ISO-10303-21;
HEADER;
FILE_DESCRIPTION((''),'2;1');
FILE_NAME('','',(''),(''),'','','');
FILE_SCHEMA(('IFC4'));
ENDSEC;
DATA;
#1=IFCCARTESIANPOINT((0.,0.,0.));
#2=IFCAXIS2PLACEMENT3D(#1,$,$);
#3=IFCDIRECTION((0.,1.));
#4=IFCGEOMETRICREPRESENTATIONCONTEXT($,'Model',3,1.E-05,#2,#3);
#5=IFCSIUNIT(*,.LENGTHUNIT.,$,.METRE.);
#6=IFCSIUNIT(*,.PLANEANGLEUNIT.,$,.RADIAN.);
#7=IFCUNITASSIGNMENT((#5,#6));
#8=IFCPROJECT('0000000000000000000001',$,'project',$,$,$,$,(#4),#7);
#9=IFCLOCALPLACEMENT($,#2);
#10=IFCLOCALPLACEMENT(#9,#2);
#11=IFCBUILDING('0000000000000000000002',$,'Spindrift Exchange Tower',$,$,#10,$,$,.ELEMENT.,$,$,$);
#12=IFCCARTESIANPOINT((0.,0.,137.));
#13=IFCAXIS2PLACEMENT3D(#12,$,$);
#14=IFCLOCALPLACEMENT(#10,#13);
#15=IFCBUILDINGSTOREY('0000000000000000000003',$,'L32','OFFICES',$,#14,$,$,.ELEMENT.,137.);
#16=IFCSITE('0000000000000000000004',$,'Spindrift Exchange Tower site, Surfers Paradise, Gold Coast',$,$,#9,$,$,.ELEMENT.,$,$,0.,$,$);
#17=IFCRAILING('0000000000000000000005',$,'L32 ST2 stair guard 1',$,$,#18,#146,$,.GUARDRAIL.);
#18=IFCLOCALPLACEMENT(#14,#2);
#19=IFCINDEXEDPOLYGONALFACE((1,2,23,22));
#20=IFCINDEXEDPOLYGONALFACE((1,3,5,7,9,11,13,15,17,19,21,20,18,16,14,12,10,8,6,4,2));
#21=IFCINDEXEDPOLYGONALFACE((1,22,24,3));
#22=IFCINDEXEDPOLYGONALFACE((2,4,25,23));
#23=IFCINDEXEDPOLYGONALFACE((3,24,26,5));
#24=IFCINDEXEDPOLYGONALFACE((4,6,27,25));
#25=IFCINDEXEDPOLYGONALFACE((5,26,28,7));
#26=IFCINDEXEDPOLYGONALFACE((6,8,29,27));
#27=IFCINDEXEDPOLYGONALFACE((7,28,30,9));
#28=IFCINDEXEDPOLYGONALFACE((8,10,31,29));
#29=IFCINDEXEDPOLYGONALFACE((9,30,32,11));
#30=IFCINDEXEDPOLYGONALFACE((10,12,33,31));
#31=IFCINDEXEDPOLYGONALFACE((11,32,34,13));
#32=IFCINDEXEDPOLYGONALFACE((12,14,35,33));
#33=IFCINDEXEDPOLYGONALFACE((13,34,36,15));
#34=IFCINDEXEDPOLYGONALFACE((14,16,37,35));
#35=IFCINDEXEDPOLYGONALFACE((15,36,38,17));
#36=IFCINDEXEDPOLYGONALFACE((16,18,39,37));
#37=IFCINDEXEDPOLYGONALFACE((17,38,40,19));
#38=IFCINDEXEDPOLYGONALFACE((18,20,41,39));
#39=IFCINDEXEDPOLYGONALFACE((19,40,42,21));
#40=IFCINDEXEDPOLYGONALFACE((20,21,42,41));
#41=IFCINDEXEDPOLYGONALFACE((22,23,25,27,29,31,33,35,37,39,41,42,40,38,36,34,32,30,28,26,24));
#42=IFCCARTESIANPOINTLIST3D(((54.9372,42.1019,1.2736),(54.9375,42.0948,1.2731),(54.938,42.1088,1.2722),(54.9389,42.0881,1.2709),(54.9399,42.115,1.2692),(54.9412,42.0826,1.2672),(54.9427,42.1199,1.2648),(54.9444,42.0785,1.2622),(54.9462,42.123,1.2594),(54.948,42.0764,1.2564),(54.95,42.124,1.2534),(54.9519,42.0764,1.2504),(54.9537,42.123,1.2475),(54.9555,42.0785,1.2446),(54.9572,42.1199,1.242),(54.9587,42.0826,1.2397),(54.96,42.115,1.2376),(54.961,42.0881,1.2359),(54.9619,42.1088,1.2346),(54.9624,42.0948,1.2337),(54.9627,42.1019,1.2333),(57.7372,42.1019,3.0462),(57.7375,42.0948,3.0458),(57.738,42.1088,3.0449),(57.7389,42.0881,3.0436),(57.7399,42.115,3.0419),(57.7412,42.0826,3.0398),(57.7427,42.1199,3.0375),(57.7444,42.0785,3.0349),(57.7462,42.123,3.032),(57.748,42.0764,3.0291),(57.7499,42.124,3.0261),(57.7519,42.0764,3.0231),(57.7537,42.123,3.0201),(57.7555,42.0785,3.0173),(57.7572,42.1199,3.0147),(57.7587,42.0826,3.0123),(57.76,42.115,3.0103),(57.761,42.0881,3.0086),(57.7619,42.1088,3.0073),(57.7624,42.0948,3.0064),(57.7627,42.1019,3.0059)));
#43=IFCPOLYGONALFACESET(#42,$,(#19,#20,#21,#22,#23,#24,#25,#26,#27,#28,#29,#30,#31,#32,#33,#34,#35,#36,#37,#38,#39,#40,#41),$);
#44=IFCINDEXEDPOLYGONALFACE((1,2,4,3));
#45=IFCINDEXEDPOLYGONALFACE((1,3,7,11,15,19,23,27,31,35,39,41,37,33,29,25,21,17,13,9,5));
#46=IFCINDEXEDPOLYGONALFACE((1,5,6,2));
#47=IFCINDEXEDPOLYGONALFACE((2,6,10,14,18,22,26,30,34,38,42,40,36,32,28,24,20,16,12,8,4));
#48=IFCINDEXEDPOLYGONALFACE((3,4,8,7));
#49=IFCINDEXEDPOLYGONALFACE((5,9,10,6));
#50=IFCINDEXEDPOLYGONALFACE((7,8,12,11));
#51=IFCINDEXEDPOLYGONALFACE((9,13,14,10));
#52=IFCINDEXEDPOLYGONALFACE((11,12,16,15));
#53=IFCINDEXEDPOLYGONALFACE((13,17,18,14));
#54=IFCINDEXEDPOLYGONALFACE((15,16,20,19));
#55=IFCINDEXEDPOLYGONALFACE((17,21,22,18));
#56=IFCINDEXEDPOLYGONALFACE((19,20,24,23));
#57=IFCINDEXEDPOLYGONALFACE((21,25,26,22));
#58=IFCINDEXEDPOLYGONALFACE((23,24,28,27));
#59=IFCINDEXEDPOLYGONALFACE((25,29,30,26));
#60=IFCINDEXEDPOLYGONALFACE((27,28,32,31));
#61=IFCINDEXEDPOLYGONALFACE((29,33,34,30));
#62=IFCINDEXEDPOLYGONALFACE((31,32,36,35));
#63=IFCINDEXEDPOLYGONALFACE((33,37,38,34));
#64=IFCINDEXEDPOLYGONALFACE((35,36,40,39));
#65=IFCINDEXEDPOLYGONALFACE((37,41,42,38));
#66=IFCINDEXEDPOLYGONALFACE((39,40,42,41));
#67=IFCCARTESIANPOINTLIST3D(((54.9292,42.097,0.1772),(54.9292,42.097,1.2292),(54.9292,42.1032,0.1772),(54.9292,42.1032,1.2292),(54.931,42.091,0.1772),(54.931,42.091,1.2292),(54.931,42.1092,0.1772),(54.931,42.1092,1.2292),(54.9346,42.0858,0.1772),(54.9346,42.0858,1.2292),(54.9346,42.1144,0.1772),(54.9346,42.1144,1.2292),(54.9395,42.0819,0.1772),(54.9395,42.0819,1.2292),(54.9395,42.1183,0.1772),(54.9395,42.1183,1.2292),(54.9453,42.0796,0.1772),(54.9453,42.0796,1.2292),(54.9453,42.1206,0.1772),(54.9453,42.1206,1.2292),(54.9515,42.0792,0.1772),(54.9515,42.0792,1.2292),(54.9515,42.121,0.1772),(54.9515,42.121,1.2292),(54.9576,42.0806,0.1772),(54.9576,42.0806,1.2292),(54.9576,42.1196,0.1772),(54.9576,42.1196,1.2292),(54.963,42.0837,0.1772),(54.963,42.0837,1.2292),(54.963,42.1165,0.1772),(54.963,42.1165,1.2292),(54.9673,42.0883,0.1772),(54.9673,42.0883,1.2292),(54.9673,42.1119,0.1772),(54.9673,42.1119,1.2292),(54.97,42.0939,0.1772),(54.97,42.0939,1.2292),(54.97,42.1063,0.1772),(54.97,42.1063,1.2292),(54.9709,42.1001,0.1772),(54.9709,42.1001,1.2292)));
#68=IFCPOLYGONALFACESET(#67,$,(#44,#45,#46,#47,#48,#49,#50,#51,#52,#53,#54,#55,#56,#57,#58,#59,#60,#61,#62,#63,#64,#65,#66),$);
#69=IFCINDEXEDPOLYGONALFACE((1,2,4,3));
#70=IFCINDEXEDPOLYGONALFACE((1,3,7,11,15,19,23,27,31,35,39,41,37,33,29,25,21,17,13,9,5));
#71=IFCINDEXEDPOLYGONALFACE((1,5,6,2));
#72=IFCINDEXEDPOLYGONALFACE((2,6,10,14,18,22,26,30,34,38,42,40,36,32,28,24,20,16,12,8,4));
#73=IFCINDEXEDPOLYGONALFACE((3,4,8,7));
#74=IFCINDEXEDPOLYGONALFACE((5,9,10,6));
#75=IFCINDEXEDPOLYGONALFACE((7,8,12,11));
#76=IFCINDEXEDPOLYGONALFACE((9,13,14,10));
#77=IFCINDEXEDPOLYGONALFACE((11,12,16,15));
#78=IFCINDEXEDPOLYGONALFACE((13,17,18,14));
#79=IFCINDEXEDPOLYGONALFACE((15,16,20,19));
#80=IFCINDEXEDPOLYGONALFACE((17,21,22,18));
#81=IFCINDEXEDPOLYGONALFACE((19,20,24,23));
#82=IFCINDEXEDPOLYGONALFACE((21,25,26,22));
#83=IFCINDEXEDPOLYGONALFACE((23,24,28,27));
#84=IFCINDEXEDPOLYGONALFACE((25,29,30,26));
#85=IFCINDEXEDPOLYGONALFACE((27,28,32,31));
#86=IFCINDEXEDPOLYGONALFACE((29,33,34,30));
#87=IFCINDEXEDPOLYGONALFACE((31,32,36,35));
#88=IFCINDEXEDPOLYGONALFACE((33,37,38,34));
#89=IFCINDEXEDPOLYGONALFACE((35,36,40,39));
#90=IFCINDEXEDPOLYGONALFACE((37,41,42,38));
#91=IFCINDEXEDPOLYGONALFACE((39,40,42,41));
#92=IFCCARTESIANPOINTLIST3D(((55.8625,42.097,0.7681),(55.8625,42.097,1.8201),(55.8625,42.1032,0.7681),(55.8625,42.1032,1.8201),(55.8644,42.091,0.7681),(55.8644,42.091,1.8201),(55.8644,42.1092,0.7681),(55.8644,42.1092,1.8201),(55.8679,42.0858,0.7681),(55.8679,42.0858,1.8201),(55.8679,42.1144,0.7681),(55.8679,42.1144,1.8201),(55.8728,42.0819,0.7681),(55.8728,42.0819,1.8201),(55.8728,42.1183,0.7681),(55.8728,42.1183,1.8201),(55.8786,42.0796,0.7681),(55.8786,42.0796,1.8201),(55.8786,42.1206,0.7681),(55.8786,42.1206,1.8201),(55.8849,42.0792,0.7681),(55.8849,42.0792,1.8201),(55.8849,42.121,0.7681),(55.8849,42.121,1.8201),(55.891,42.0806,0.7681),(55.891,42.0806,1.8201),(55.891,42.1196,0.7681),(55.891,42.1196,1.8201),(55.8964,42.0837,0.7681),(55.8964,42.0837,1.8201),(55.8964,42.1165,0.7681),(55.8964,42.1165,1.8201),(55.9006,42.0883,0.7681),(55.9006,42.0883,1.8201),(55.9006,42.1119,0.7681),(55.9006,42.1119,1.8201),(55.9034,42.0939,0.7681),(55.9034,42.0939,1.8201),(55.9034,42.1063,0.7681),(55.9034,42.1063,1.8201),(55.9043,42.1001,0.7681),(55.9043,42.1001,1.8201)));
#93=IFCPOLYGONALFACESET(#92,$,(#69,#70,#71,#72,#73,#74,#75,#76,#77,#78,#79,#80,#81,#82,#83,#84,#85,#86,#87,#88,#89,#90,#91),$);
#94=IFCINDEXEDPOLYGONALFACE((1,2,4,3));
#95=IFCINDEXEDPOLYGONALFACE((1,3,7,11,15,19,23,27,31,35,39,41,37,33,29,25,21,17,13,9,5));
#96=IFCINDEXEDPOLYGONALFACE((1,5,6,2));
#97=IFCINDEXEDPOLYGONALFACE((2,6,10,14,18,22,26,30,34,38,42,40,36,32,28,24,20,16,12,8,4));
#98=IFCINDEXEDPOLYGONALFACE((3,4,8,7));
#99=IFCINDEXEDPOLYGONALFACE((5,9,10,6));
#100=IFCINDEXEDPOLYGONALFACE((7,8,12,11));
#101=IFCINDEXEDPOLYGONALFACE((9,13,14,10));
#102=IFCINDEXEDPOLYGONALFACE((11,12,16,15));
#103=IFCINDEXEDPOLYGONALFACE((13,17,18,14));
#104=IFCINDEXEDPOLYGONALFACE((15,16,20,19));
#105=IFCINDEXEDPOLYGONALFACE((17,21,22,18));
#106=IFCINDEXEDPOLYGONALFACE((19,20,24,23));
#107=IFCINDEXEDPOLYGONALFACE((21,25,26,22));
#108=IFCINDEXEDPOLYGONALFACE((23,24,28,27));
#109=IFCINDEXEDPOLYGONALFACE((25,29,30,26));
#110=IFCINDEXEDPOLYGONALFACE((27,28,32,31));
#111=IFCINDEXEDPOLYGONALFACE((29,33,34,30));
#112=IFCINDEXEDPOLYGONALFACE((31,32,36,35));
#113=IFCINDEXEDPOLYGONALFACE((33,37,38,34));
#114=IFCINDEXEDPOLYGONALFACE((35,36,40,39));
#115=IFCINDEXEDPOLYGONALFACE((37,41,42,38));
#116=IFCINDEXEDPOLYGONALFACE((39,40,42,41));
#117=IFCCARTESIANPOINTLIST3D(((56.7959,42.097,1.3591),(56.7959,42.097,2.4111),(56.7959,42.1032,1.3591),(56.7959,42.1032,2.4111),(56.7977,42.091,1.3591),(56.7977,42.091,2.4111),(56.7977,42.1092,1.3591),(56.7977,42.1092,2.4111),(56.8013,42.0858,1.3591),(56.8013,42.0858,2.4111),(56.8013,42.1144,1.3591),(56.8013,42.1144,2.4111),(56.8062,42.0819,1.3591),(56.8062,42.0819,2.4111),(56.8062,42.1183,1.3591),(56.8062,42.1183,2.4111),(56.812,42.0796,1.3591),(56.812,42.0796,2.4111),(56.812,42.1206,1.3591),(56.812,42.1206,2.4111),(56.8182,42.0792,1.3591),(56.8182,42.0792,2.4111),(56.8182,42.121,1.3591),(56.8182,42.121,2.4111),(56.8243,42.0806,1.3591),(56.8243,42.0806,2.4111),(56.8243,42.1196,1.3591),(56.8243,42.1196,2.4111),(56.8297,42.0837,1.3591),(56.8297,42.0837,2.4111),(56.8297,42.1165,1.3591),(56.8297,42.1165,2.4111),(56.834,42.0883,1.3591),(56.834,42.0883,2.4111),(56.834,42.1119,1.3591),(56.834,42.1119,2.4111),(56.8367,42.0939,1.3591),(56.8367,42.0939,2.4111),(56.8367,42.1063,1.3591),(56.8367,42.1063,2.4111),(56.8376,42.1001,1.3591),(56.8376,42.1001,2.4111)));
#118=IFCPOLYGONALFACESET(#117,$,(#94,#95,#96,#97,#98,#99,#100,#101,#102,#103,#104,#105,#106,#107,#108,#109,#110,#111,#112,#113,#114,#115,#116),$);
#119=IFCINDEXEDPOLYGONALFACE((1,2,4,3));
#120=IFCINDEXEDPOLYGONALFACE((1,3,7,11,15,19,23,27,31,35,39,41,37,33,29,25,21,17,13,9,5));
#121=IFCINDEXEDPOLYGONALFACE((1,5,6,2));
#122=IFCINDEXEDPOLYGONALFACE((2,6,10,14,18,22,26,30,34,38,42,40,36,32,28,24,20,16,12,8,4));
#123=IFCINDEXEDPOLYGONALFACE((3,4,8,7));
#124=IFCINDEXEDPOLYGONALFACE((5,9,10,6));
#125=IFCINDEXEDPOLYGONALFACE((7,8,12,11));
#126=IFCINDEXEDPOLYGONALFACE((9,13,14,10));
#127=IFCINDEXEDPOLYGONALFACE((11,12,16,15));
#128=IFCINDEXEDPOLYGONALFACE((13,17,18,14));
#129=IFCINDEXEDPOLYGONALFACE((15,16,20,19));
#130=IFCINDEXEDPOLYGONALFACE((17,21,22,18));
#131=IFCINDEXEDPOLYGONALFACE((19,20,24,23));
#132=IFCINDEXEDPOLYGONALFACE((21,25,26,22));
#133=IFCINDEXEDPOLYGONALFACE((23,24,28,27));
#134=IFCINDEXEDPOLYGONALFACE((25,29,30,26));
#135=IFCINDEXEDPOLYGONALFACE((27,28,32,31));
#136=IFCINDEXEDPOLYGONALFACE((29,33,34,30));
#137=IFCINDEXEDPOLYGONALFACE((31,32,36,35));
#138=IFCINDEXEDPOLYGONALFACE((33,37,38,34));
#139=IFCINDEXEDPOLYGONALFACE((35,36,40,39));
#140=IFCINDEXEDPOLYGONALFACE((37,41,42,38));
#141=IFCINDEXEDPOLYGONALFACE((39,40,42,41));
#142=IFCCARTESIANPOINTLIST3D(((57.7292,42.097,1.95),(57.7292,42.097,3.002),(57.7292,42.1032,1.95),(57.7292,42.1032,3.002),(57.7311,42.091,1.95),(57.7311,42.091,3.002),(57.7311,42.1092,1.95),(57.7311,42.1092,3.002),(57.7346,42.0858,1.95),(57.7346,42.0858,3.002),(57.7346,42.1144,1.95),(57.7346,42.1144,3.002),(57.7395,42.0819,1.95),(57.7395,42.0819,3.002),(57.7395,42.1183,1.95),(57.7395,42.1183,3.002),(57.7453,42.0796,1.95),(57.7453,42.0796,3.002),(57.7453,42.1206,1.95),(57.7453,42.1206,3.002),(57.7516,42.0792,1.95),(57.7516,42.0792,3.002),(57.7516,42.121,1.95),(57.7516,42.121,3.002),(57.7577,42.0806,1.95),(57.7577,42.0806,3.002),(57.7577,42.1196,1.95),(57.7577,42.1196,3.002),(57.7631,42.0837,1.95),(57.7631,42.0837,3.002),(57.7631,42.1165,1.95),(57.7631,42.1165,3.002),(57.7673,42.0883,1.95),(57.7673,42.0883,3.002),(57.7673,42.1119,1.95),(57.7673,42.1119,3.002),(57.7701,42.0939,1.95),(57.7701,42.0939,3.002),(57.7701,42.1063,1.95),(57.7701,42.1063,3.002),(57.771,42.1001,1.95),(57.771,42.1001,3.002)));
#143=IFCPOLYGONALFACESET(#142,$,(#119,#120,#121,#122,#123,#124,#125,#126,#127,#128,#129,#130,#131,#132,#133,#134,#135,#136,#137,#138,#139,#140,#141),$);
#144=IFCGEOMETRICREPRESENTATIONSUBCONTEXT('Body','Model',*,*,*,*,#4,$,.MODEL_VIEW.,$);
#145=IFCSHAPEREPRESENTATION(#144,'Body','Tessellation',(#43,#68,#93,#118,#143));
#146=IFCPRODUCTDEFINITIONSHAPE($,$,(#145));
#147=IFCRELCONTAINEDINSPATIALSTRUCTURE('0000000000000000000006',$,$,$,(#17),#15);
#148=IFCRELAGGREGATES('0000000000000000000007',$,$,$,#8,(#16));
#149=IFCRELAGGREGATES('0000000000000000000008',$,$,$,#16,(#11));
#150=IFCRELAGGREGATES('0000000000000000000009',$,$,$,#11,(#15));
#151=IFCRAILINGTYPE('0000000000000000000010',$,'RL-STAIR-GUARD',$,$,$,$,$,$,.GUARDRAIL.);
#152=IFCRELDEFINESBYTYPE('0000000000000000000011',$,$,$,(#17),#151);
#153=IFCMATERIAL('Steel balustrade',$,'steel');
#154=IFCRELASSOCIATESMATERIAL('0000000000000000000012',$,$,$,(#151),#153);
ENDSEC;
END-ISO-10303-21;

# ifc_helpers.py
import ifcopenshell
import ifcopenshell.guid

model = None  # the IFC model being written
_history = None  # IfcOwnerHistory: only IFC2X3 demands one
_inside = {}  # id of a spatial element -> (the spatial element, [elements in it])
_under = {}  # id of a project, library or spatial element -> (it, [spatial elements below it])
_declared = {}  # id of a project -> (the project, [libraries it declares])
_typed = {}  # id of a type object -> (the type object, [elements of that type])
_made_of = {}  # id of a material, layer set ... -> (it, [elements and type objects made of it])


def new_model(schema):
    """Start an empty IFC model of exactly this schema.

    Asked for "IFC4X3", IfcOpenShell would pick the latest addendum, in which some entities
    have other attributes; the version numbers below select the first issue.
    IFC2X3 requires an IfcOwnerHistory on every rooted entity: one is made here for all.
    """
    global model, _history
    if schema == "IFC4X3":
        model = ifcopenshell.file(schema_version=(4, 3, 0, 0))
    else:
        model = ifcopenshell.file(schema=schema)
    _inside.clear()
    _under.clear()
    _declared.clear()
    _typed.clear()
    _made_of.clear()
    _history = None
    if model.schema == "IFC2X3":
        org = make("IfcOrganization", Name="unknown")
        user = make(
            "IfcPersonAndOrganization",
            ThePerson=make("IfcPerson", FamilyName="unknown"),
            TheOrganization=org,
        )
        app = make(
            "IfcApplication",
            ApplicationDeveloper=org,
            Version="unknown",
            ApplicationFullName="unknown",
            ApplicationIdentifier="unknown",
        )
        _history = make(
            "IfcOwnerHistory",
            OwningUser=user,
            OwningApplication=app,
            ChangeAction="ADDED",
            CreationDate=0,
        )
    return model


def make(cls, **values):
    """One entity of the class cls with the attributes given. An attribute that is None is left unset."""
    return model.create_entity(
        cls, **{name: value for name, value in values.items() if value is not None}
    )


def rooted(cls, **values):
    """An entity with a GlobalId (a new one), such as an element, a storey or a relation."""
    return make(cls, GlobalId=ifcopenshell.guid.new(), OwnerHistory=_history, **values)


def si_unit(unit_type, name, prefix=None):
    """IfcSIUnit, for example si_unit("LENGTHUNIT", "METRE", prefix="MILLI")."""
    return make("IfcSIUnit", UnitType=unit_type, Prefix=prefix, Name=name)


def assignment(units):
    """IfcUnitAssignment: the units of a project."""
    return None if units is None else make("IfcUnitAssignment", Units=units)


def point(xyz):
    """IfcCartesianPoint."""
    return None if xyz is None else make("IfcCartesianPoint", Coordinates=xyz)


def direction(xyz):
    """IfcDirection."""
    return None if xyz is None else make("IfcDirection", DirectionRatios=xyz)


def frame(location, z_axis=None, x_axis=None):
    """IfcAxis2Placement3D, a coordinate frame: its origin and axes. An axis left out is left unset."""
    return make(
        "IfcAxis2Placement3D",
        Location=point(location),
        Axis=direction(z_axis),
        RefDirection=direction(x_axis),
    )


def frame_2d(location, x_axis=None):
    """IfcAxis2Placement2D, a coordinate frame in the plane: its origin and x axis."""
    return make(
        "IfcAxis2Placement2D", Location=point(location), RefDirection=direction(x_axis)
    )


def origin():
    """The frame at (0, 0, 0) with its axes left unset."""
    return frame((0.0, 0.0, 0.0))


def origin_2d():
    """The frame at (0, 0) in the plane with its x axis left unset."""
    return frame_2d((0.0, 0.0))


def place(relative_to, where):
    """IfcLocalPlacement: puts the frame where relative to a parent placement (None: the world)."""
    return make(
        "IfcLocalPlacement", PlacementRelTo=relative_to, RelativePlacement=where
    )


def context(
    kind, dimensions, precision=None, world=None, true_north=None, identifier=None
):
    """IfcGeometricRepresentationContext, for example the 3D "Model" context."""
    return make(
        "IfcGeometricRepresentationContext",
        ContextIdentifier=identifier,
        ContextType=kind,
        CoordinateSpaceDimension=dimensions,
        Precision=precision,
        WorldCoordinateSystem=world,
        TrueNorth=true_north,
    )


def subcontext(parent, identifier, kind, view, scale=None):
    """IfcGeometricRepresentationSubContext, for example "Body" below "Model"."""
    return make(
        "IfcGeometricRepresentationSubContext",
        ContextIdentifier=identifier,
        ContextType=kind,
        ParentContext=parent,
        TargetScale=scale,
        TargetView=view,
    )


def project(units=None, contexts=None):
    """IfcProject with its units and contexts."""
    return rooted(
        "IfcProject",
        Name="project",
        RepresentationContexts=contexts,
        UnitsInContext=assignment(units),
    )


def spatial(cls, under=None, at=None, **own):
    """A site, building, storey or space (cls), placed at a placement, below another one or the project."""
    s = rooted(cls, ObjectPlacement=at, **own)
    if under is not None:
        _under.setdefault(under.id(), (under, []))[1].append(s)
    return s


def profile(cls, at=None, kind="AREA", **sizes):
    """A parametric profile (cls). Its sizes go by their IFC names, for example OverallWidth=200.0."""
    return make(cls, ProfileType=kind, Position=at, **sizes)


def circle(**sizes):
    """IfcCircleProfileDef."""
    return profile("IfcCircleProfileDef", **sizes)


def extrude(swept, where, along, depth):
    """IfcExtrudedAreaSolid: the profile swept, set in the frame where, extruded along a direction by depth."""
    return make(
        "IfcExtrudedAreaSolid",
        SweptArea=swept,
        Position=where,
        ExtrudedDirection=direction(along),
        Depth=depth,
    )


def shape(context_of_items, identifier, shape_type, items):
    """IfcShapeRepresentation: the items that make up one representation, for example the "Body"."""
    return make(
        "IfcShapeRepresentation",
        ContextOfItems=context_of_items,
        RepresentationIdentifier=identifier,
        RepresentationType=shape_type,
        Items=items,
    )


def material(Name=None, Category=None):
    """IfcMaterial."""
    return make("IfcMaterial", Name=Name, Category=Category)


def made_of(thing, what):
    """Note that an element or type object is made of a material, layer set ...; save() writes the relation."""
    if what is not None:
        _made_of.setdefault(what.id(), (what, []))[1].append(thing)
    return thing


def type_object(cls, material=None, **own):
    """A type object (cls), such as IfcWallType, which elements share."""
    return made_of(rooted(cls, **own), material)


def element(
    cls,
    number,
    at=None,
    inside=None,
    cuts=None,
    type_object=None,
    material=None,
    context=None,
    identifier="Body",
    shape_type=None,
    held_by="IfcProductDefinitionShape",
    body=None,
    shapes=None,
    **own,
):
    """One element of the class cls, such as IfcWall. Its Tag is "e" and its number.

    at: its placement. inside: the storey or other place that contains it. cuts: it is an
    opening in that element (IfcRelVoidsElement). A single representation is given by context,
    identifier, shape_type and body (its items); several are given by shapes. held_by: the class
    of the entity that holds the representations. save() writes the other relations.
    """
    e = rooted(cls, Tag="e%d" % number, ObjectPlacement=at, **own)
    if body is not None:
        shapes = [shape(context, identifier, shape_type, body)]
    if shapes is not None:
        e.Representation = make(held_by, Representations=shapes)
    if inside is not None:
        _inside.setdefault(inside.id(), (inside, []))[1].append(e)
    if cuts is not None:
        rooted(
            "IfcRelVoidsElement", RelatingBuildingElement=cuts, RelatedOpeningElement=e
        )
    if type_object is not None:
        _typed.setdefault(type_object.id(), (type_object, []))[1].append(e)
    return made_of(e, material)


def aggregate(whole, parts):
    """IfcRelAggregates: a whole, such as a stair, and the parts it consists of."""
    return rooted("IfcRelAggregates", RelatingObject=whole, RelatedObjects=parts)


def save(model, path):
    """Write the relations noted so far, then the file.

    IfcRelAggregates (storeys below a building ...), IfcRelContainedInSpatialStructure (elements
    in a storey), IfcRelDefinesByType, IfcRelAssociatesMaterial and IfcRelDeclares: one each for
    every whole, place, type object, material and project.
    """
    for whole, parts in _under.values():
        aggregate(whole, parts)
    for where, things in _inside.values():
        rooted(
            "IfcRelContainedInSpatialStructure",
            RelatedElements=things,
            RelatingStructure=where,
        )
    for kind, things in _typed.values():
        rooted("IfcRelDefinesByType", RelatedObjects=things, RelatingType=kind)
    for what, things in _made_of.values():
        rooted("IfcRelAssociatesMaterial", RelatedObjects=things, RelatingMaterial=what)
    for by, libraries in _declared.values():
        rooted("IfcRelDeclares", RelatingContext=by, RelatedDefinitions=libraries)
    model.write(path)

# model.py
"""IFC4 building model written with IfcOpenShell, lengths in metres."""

from ifc_helpers import new_model, si_unit, direction, frame, origin, origin_2d, place, context, subcontext, project, spatial, circle, extrude, material, type_object, element, save


model = new_model("IFC4")

# Units and contexts
model_context = context("Model", 3, precision=1e-05, world=origin(), true_north=direction((0.0, 1.0)))
body_context = subcontext(model_context, "Body", "Model", "MODEL_VIEW")
ifc_project = project(units=[si_unit("LENGTHUNIT", "METRE"), si_unit("PLANEANGLEUNIT", "RADIAN")], contexts=[model_context])

# Site, building, storey
site_placement = place(None, origin())
site = spatial("IfcSite", under=ifc_project, at=site_placement, Name="Spindrift Exchange Tower site, Surfers Paradise, Gold Coast", CompositionType="ELEMENT", RefElevation=0.0)
building_placement = place(site_placement, origin())
building = spatial("IfcBuilding", under=site, at=building_placement, Name="Spindrift Exchange Tower", CompositionType="ELEMENT")
storey_placement = place(building_placement, frame((0.0, 0.0, 137.0)))
storey = spatial("IfcBuildingStorey", under=building, at=storey_placement, Name="L32", Description="OFFICES", CompositionType="ELEMENT", Elevation=137.0)

# Railing
ifc_material_1 = material(Name="Steel balustrade", Category="steel")
railing_type_1 = type_object("IfcRailingType", Name="RL-STAIR-GUARD", PredefinedType="GUARDRAIL", material=ifc_material_1)
railing_1_placement = place(storey_placement, frame((54.95, 42.1001, 0.1772)))
element("IfcRailing", 1, at=railing_1_placement, inside=storey, type_object=railing_type_1, Name="L32 ST2 stair guard 1", PredefinedType="GUARDRAIL", context=body_context, shape_type="SweptSolid", body=[
    extrude(circle(Radius=0.0239, at=origin_2d()), frame((0.0, 0.0, 1.0762), z_axis=(0.844909, 0.0, 0.53491), x_axis=(0.0, 1.0, 0.0)), (0.0, 0.0, 1.0), 3.314),
    extrude(circle(Radius=0.021, at=origin_2d()), origin(), (0.0, 0.0, 1.0), 1.052),
    extrude(circle(Radius=0.021, at=origin_2d()), frame((0.9333, 0.0, 0.5908)), (0.0, 0.0, 1.0), 1.052),
    extrude(circle(Radius=0.021, at=origin_2d()), frame((1.8667, 0.0, 1.1819)), (0.0, 0.0, 1.0), 1.052),
    extrude(circle(Radius=0.021, at=origin_2d()), frame((2.8, 0.0, 1.7727)), (0.0, 0.0, 1.0), 1.052),
])

save(model, "model.ifc")
